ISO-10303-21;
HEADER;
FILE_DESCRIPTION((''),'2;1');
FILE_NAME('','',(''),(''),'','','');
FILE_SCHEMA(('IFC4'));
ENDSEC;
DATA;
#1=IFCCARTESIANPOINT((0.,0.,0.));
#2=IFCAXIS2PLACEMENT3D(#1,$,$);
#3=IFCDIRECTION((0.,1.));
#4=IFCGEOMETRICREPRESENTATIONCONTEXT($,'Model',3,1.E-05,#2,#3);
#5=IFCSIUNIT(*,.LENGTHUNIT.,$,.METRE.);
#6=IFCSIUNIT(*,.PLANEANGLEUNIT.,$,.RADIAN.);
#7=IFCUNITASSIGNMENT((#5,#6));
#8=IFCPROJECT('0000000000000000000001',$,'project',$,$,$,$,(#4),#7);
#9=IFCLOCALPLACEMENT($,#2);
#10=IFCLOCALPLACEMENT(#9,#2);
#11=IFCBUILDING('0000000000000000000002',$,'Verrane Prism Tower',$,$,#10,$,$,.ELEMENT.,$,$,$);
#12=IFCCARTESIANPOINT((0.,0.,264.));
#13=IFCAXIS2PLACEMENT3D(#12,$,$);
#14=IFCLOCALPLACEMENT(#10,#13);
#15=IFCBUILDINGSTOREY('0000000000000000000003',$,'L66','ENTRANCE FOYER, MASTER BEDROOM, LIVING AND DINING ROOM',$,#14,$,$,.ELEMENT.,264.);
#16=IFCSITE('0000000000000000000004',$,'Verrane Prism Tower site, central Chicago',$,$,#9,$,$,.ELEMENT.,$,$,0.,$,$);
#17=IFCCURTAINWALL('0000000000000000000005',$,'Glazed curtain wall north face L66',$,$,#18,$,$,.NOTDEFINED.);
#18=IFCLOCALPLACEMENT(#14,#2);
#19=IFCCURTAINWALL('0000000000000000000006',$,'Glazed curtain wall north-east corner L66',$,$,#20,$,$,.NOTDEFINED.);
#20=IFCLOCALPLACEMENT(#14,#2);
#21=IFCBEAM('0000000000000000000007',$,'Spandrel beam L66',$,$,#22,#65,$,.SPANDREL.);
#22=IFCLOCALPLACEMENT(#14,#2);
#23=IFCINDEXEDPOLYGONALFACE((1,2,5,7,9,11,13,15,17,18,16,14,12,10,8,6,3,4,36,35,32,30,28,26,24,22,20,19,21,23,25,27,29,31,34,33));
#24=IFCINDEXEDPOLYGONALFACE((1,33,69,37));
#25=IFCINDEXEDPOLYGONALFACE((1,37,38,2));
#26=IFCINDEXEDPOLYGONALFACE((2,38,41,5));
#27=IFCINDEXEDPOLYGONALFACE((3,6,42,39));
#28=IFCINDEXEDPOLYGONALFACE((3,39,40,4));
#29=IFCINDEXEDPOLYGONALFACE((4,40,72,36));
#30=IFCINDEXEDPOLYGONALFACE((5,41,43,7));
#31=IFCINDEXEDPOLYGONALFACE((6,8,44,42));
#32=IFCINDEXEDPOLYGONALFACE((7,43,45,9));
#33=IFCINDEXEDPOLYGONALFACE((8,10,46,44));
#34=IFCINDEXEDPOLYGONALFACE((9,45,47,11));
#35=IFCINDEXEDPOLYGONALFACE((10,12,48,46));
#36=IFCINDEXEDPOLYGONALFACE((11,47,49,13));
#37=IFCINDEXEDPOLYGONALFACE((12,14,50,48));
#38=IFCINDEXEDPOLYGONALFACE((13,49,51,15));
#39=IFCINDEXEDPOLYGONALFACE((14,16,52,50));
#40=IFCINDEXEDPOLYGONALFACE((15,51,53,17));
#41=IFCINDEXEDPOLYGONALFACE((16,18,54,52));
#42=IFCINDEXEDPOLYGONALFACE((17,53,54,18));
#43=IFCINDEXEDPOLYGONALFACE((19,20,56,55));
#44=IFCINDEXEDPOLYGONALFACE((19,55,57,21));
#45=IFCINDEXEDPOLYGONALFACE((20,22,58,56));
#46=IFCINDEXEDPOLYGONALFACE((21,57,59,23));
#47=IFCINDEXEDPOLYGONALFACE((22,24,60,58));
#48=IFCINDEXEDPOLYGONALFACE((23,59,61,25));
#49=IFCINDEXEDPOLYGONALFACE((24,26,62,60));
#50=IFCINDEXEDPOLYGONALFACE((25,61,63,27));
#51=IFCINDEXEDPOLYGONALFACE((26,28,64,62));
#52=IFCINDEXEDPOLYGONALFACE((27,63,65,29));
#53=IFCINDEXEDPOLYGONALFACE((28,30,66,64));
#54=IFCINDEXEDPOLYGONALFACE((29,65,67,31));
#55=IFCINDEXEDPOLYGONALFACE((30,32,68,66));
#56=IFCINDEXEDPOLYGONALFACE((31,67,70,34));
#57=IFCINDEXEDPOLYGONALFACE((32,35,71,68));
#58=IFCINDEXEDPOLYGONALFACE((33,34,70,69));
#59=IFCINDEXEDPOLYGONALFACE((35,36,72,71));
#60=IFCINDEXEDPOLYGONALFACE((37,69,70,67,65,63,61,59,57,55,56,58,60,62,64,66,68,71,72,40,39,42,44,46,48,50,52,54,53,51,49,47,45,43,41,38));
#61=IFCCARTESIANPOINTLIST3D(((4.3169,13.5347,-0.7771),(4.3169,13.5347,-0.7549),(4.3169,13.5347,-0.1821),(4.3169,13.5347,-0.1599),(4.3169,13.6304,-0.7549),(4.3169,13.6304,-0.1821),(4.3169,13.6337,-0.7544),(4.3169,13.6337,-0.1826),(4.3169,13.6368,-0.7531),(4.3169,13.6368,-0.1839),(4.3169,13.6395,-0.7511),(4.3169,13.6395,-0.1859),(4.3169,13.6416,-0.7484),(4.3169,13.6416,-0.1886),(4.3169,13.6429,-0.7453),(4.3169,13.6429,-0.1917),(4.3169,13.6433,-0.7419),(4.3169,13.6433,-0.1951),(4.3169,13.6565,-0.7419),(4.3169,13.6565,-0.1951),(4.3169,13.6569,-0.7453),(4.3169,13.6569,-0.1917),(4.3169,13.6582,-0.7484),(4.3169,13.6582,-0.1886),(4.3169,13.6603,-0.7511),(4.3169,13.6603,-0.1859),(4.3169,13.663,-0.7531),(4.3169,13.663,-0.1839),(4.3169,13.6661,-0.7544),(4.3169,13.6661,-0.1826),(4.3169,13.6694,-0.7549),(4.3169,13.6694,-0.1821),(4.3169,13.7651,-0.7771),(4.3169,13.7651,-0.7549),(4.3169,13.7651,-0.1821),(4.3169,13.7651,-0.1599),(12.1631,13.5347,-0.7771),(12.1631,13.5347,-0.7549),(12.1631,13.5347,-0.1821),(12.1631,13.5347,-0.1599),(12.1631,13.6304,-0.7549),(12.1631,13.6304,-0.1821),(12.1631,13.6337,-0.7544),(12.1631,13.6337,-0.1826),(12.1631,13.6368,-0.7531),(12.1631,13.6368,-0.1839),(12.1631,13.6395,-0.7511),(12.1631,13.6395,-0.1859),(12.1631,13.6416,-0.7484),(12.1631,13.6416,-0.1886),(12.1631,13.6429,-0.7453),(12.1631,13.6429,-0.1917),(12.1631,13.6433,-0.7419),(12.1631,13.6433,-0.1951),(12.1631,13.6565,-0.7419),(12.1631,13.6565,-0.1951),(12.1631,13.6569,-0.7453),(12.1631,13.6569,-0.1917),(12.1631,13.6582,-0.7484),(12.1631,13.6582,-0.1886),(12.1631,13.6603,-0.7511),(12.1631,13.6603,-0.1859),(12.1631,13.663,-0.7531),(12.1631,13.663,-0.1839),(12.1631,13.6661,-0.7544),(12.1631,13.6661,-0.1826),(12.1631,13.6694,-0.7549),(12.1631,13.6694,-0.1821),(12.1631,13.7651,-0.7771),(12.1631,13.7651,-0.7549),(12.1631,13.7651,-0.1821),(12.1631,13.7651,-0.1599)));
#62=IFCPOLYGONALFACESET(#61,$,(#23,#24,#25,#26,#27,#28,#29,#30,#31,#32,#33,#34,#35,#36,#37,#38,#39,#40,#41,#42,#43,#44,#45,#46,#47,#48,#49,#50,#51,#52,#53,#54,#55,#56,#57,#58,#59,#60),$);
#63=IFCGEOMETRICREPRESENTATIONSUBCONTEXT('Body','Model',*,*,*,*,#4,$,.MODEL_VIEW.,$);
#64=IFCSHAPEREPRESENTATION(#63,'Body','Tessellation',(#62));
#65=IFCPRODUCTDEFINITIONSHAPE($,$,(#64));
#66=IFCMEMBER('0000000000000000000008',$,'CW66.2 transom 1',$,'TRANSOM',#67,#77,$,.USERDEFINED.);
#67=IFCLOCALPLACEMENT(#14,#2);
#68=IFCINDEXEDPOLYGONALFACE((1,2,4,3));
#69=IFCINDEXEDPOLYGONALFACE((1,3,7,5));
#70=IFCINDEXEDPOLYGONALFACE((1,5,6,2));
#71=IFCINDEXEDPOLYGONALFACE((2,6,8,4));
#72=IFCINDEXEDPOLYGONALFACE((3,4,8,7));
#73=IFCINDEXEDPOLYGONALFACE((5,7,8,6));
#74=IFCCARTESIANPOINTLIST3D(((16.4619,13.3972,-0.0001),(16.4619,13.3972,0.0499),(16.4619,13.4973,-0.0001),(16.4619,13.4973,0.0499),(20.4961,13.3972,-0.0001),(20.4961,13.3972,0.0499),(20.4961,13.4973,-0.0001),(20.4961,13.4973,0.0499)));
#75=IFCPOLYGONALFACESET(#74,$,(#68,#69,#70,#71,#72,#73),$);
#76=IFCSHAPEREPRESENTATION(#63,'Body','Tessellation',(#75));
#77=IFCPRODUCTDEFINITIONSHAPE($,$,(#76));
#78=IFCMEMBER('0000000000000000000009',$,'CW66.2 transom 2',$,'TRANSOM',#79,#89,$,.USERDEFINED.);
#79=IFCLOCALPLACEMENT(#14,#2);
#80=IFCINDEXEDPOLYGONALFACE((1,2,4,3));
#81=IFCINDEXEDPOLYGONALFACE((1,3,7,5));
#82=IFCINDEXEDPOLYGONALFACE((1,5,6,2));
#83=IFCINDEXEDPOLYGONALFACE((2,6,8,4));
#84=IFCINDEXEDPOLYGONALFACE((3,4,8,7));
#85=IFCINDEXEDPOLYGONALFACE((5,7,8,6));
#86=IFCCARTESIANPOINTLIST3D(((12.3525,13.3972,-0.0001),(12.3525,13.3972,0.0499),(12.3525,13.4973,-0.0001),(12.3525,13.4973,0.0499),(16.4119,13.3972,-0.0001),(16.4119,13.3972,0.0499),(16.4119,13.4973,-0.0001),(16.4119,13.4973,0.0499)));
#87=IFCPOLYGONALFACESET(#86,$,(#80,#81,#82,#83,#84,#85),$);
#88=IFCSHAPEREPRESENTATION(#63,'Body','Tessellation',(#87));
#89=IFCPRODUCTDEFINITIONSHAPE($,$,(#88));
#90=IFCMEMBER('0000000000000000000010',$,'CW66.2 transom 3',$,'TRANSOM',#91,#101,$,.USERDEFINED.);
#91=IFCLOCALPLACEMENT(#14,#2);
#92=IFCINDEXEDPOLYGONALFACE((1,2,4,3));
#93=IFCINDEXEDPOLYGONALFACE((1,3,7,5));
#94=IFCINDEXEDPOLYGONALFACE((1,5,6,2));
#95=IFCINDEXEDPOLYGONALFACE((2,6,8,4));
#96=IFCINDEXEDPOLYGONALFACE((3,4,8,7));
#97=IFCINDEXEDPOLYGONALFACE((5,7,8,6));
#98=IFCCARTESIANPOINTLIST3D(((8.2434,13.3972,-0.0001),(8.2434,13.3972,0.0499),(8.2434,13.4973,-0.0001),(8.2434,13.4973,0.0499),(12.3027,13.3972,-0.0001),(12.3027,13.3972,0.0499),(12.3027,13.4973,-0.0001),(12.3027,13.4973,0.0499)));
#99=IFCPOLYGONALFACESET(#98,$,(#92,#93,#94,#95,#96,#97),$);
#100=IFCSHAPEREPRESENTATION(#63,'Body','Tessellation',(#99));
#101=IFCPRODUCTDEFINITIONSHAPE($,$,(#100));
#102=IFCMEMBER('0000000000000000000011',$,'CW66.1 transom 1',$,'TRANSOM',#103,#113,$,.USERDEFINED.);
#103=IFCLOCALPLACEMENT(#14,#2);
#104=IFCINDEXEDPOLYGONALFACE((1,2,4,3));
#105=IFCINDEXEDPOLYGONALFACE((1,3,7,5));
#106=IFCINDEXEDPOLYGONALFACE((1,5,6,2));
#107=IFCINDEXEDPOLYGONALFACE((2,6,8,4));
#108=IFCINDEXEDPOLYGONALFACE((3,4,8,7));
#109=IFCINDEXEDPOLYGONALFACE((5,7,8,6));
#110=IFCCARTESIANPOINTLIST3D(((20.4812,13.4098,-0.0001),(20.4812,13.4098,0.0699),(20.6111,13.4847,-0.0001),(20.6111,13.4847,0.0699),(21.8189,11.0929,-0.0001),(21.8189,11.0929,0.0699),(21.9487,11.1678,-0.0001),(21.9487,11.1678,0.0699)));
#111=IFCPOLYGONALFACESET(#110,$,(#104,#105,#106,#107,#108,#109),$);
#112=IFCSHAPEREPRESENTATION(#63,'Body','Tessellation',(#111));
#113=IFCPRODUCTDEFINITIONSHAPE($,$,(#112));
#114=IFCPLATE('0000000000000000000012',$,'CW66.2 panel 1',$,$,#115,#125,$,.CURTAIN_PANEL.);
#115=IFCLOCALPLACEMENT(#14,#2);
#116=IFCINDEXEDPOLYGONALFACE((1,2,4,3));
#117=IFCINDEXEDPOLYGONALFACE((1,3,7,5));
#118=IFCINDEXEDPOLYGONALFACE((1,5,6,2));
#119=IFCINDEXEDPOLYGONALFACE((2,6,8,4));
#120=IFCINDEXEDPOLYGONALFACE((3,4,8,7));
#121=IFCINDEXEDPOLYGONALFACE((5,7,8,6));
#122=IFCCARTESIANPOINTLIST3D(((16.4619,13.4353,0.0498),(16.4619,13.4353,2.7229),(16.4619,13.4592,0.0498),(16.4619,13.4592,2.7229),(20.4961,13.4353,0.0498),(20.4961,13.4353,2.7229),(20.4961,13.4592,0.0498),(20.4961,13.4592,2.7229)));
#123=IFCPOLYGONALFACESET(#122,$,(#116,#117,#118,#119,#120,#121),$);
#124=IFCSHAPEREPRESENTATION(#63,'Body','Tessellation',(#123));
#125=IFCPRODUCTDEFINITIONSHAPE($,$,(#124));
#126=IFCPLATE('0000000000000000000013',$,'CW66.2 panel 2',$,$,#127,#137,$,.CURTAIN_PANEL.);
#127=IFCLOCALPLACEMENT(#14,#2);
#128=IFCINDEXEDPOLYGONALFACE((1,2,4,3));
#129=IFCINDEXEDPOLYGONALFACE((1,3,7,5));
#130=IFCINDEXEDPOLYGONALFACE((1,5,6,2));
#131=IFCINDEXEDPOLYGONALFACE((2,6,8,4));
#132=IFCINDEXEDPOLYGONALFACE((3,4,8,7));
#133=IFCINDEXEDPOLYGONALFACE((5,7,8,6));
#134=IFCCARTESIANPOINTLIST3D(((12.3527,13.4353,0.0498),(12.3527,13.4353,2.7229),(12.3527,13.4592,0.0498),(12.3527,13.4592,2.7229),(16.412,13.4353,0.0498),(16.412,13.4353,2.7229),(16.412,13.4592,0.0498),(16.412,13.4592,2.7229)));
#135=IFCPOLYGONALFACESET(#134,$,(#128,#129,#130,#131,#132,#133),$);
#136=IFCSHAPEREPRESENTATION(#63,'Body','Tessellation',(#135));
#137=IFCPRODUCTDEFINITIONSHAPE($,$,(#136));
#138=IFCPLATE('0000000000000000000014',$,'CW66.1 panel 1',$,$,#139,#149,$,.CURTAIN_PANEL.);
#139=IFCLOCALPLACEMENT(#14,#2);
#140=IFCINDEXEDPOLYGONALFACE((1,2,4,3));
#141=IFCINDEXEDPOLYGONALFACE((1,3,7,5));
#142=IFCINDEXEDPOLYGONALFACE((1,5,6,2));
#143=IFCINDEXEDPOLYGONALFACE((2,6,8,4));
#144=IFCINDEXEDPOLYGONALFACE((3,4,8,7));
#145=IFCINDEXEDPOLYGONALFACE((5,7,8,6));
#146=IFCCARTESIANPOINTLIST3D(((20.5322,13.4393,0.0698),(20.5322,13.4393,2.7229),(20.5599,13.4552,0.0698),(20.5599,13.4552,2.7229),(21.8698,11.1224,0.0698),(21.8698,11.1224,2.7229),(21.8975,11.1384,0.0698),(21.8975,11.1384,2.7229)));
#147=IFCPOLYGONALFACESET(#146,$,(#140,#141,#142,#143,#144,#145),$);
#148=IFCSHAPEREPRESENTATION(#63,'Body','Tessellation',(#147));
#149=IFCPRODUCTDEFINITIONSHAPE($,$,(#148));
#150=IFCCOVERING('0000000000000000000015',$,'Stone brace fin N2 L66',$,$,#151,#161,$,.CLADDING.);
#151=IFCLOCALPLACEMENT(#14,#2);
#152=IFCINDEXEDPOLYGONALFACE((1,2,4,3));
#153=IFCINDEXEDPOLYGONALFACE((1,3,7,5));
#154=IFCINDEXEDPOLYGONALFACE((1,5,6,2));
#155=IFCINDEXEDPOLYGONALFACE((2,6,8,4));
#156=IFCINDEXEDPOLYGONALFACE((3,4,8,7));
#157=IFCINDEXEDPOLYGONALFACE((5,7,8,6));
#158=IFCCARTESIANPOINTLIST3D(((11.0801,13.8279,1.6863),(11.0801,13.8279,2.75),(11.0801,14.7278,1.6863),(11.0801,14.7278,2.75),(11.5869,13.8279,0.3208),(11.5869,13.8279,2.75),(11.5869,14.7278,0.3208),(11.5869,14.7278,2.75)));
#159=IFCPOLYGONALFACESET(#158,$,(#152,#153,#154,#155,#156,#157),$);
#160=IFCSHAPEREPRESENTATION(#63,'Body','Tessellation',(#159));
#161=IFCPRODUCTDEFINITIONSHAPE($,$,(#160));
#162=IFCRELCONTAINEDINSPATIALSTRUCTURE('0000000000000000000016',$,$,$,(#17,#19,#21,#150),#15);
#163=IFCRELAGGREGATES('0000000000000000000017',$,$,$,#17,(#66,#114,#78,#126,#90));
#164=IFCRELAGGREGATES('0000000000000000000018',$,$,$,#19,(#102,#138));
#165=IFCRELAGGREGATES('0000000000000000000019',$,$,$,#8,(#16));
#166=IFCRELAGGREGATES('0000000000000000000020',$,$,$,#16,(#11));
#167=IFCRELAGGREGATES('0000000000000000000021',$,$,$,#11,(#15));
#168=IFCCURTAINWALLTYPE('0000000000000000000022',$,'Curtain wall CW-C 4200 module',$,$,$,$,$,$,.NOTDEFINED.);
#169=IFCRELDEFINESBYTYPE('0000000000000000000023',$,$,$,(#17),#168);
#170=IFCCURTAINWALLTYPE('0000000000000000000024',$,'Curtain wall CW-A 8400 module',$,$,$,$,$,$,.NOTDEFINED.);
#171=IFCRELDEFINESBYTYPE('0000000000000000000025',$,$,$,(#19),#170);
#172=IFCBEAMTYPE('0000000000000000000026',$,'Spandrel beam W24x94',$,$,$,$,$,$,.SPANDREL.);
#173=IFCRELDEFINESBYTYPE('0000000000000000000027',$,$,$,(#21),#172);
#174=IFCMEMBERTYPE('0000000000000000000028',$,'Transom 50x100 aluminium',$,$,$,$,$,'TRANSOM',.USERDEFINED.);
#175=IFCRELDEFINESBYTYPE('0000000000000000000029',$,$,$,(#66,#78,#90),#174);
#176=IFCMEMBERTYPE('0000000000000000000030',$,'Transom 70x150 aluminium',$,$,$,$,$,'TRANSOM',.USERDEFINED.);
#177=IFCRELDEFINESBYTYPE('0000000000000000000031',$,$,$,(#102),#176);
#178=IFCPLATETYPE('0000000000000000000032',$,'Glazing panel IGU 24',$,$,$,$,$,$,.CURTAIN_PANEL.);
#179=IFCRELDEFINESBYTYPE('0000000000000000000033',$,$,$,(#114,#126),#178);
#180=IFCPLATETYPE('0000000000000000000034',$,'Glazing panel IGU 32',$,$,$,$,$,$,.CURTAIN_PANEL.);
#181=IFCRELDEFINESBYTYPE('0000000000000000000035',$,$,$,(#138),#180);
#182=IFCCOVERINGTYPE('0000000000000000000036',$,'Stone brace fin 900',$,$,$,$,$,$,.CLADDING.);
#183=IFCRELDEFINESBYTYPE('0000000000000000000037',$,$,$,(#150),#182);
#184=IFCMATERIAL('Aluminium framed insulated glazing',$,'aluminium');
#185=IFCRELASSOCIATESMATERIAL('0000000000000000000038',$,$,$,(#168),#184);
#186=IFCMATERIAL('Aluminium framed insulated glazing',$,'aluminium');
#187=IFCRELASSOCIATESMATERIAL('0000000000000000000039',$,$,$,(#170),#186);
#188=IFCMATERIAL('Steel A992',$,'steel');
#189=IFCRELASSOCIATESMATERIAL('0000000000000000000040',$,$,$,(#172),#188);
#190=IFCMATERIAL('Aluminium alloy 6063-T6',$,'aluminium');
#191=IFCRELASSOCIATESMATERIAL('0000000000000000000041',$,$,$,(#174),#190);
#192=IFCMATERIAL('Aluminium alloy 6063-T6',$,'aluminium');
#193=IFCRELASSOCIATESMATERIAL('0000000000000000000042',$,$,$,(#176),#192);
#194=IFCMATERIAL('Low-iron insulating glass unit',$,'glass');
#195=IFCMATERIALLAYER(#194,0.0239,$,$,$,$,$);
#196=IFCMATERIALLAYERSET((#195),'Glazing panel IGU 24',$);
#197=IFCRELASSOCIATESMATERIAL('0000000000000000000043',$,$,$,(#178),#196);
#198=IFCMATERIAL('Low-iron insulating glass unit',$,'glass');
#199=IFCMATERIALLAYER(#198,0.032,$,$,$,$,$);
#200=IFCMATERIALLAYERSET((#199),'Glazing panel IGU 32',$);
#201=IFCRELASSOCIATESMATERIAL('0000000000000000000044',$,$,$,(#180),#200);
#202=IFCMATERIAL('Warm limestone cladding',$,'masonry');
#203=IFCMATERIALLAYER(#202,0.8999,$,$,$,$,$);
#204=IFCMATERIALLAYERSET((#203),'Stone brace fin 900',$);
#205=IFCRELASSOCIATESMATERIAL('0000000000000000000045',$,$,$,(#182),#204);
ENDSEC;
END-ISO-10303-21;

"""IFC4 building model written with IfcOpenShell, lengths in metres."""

from ifc_helpers import new_model, si_unit, direction, frame, origin, origin_2d, place, context, subcontext, project, spatial, polyline, rectangle, i_section, outline, extrude, material, layer, layer_set, material_profile, profile_set, type_object, element, aggregate, save


model = new_model("IFC4")

# Units and contexts
model_context = context("Model", 3, precision=1e-05, world=origin(), true_north=direction((0.0, 1.0)))
body_context = subcontext(model_context, "Body", "Model", "MODEL_VIEW")
ifc_project = project(units=[si_unit("LENGTHUNIT", "METRE"), si_unit("PLANEANGLEUNIT", "RADIAN")], contexts=[model_context])

# Site, building, storey
site_placement = place(None, origin())
site = spatial("IfcSite", under=ifc_project, at=site_placement, Name="Verrane Prism Tower site, central Chicago", CompositionType="ELEMENT", RefElevation=0.0)
building_placement = place(site_placement, origin())
building = spatial("IfcBuilding", under=site, at=building_placement, Name="Verrane Prism Tower", CompositionType="ELEMENT")
storey_placement = place(building_placement, frame((0.0, 0.0, 264.0)))
storey = spatial("IfcBuildingStorey", under=building, at=storey_placement, Name="L66", Description="ENTRANCE FOYER, MASTER BEDROOM, LIVING AND DINING ROOM", CompositionType="ELEMENT", Elevation=264.0)

# Curtain wall
ifc_material_1 = material(Name="Aluminium framed insulated glazing", Category="aluminium")
curtain_wall_type_1 = type_object("IfcCurtainWallType", Name="Curtain wall CW-C 4200 module", PredefinedType="NOTDEFINED", material=ifc_material_1)
curtain_wall_1_placement = place(storey_placement, origin())
curtain_wall_1 = element("IfcCurtainWall", 1, at=curtain_wall_1_placement, inside=storey, type_object=curtain_wall_type_1, Name="Glazed curtain wall north face L66", PredefinedType="NOTDEFINED")

# Curtain wall
ifc_material_2 = material(Name="Aluminium framed insulated glazing", Category="aluminium")
curtain_wall_type_2 = type_object("IfcCurtainWallType", Name="Curtain wall CW-A 8400 module", PredefinedType="NOTDEFINED", material=ifc_material_2)
curtain_wall_2_placement = place(storey_placement, origin())
curtain_wall_2 = element("IfcCurtainWall", 2, at=curtain_wall_2_placement, inside=storey, type_object=curtain_wall_type_2, Name="Glazed curtain wall north-east corner L66", PredefinedType="NOTDEFINED")

# Beam
ifc_material_3 = material(Name="Steel A992", Category="steel")
ifc_material_profile_1 = material_profile(ifc_material_3, i_section(OverallWidth=0.2305, OverallDepth=0.6172, WebThickness=0.0132, FlangeThickness=0.0222, FilletRadius=0.0129, at=origin_2d()), Name="W24x94")
ifc_profile_set_1 = profile_set([ifc_material_profile_1], Name="Steel A992")
beam_type_1 = type_object("IfcBeamType", Name="Spandrel beam W24x94", PredefinedType="SPANDREL", material=ifc_profile_set_1)
beam_1_placement = place(storey_placement, frame((12.1631, 13.6499, -0.4685), z_axis=(-1.0, 0.0, 0.0), x_axis=(0.0, -1.0, 0.0)))
element("IfcBeam", 3, at=beam_1_placement, inside=storey, type_object=beam_type_1, Name="Spandrel beam L66", PredefinedType="SPANDREL", context=body_context, shape_type="SweptSolid", body=[
    extrude(i_section(OverallWidth=0.2305, OverallDepth=0.6172, WebThickness=0.0132, FlangeThickness=0.0222, FilletRadius=0.0129, at=origin_2d()), origin(), (0.0, 0.0, 1.0), 7.8462),
])

# Members
ifc_material_4 = material(Name="Aluminium alloy 6063-T6", Category="aluminium")
ifc_material_profile_2 = material_profile(ifc_material_4, rectangle(XDim=0.1001, YDim=0.05, at=origin_2d()), Name="Transom 50x100 aluminium")
ifc_profile_set_2 = profile_set([ifc_material_profile_2], Name="Aluminium alloy 6063-T6")
member_type_1 = type_object("IfcMemberType", Name="Transom 50x100 aluminium", ElementType="TRANSOM", PredefinedType="USERDEFINED", material=ifc_profile_set_2)
member_1_placement = place(storey_placement, frame((20.4961, 13.4473, 0.0249), z_axis=(-1.0, 0.0, 0.0), x_axis=(0.0, -1.0, 0.0)))
member_1 = element("IfcMember", 4, at=member_1_placement, type_object=member_type_1, Name="CW66.2 transom 1", ObjectType="TRANSOM", PredefinedType="USERDEFINED", context=body_context, shape_type="SweptSolid", body=[
    extrude(rectangle(XDim=0.1001, YDim=0.05, at=origin_2d()), origin(), (0.0, 0.0, 1.0), 4.0342),
])
member_2_placement = place(storey_placement, frame((16.4119, 13.4473, 0.0249), z_axis=(-1.0, 0.0, 0.0), x_axis=(0.0, -1.0, 0.0)))
member_2 = element("IfcMember", 5, at=member_2_placement, type_object=member_type_1, Name="CW66.2 transom 2", ObjectType="TRANSOM", PredefinedType="USERDEFINED", context=body_context, shape_type="SweptSolid", body=[
    extrude(rectangle(XDim=0.1001, YDim=0.05, at=origin_2d()), origin(), (0.0, 0.0, 1.0), 4.0593),
])
member_3_placement = place(storey_placement, frame((12.3027, 13.4473, 0.0249), z_axis=(-1.0, 0.0, 0.0), x_axis=(0.0, -1.0, 0.0)))
member_3 = element("IfcMember", 6, at=member_3_placement, type_object=member_type_1, Name="CW66.2 transom 3", ObjectType="TRANSOM", PredefinedType="USERDEFINED", context=body_context, shape_type="SweptSolid", body=[
    extrude(rectangle(XDim=0.1001, YDim=0.05, at=origin_2d()), origin(), (0.0, 0.0, 1.0), 4.0593),
])
ifc_material_5 = material(Name="Aluminium alloy 6063-T6", Category="aluminium")
ifc_material_profile_3 = material_profile(ifc_material_5, rectangle(XDim=0.1499, YDim=0.0701, at=origin_2d()), Name="Transom 70x150 aluminium")
ifc_profile_set_3 = profile_set([ifc_material_profile_3], Name="Aluminium alloy 6063-T6")
member_type_2 = type_object("IfcMemberType", Name="Transom 70x150 aluminium", ElementType="TRANSOM", PredefinedType="USERDEFINED", material=ifc_profile_set_3)
member_4_placement = place(storey_placement, frame((21.8838, 11.1304, 0.0349), z_axis=(-0.499996, 0.866028, 0.0), x_axis=(-0.866028, -0.499996, 0.0)))
member_4 = element("IfcMember", 7, at=member_4_placement, type_object=member_type_2, Name="CW66.1 transom 1", ObjectType="TRANSOM", PredefinedType="USERDEFINED", context=body_context, shape_type="SweptSolid", body=[
    extrude(rectangle(XDim=0.1499, YDim=0.0701, at=origin_2d()), origin(), (0.0, 0.0, 1.0), 2.6753),
])

# Plates
ifc_material_6 = material(Name="Low-iron insulating glass unit", Category="glass")
ifc_layer_1 = layer(ifc_material_6, 0.0239)
ifc_layer_set_1 = layer_set([ifc_layer_1], Name="Glazing panel IGU 24")
plate_type_1 = type_object("IfcPlateType", Name="Glazing panel IGU 24", PredefinedType="CURTAIN_PANEL", material=ifc_layer_set_1)
plate_1_placement = place(storey_placement, frame((18.479, 13.4473, 0.0498), z_axis=(0.0, 0.0, 1.0), x_axis=(-1.0, 0.0, 0.0)))
plate_1 = element("IfcPlate", 8, at=plate_1_placement, type_object=plate_type_1, Name="CW66.2 panel 1", PredefinedType="CURTAIN_PANEL", context=body_context, shape_type="SweptSolid", body=[
    extrude(rectangle(XDim=4.0342, YDim=0.0239, at=origin_2d()), origin(), (0.0, 0.0, 1.0), 2.6731),
])
plate_2_placement = place(storey_placement, frame((14.3823, 13.4473, 0.0498), z_axis=(0.0, 0.0, 1.0), x_axis=(-1.0, 0.0, 0.0)))
plate_2 = element("IfcPlate", 9, at=plate_2_placement, type_object=plate_type_1, Name="CW66.2 panel 2", PredefinedType="CURTAIN_PANEL", context=body_context, shape_type="SweptSolid", body=[
    extrude(rectangle(XDim=4.0593, YDim=0.0239, at=origin_2d()), origin(), (0.0, 0.0, 1.0), 2.6731),
])
aggregate(curtain_wall_1, [member_1, plate_1, member_2, plate_2, member_3])
ifc_material_7 = material(Name="Low-iron insulating glass unit", Category="glass")
ifc_layer_2 = layer(ifc_material_7, 0.032)
ifc_layer_set_2 = layer_set([ifc_layer_2], Name="Glazing panel IGU 32")
plate_type_2 = type_object("IfcPlateType", Name="Glazing panel IGU 32", PredefinedType="CURTAIN_PANEL", material=ifc_layer_set_2)
plate_3_placement = place(storey_placement, frame((21.2148, 12.2888, 0.0698), z_axis=(0.0, 0.0, 1.0), x_axis=(-0.500002, 0.866024, 0.0)))
plate_3 = element("IfcPlate", 10, at=plate_3_placement, type_object=plate_type_2, Name="CW66.1 panel 1", PredefinedType="CURTAIN_PANEL", context=body_context, shape_type="SweptSolid", body=[
    extrude(rectangle(XDim=2.6753, YDim=0.032, at=origin_2d()), origin(), (0.0, 0.0, 1.0), 2.6531),
])
aggregate(curtain_wall_2, [member_4, plate_3])

# Covering
ifc_material_8 = material(Name="Warm limestone cladding", Category="masonry")
ifc_layer_3 = layer(ifc_material_8, 0.8999)
ifc_layer_set_3 = layer_set([ifc_layer_3], Name="Stone brace fin 900")
covering_type = type_object("IfcCoveringType", Name="Stone brace fin 900", PredefinedType="CLADDING", material=ifc_layer_set_3)
covering_placement = place(storey_placement, frame((11.5869, 14.2778, 0.3208), z_axis=(0.0, 0.0, 1.0), x_axis=(-1.0, 0.0, 0.0)))
element("IfcCovering", 11, at=covering_placement, inside=storey, type_object=covering_type, Name="Stone brace fin N2 L66", PredefinedType="CLADDING", context=body_context, shape_type="SweptSolid", body=[
    extrude(outline(polyline([(0.5068, 2.4292), (0.0, 2.4292), (0.0, 0.0), (0.5068, 1.3655), (0.5068, 2.4292)])), frame((0.0, 0.45, 0.0), z_axis=(0.0, -1.0, 0.0), x_axis=(1.0, 0.0, 0.0)), (0.0, 0.0, 1.0), 0.8999),
])

save(model, "model.ifc")
